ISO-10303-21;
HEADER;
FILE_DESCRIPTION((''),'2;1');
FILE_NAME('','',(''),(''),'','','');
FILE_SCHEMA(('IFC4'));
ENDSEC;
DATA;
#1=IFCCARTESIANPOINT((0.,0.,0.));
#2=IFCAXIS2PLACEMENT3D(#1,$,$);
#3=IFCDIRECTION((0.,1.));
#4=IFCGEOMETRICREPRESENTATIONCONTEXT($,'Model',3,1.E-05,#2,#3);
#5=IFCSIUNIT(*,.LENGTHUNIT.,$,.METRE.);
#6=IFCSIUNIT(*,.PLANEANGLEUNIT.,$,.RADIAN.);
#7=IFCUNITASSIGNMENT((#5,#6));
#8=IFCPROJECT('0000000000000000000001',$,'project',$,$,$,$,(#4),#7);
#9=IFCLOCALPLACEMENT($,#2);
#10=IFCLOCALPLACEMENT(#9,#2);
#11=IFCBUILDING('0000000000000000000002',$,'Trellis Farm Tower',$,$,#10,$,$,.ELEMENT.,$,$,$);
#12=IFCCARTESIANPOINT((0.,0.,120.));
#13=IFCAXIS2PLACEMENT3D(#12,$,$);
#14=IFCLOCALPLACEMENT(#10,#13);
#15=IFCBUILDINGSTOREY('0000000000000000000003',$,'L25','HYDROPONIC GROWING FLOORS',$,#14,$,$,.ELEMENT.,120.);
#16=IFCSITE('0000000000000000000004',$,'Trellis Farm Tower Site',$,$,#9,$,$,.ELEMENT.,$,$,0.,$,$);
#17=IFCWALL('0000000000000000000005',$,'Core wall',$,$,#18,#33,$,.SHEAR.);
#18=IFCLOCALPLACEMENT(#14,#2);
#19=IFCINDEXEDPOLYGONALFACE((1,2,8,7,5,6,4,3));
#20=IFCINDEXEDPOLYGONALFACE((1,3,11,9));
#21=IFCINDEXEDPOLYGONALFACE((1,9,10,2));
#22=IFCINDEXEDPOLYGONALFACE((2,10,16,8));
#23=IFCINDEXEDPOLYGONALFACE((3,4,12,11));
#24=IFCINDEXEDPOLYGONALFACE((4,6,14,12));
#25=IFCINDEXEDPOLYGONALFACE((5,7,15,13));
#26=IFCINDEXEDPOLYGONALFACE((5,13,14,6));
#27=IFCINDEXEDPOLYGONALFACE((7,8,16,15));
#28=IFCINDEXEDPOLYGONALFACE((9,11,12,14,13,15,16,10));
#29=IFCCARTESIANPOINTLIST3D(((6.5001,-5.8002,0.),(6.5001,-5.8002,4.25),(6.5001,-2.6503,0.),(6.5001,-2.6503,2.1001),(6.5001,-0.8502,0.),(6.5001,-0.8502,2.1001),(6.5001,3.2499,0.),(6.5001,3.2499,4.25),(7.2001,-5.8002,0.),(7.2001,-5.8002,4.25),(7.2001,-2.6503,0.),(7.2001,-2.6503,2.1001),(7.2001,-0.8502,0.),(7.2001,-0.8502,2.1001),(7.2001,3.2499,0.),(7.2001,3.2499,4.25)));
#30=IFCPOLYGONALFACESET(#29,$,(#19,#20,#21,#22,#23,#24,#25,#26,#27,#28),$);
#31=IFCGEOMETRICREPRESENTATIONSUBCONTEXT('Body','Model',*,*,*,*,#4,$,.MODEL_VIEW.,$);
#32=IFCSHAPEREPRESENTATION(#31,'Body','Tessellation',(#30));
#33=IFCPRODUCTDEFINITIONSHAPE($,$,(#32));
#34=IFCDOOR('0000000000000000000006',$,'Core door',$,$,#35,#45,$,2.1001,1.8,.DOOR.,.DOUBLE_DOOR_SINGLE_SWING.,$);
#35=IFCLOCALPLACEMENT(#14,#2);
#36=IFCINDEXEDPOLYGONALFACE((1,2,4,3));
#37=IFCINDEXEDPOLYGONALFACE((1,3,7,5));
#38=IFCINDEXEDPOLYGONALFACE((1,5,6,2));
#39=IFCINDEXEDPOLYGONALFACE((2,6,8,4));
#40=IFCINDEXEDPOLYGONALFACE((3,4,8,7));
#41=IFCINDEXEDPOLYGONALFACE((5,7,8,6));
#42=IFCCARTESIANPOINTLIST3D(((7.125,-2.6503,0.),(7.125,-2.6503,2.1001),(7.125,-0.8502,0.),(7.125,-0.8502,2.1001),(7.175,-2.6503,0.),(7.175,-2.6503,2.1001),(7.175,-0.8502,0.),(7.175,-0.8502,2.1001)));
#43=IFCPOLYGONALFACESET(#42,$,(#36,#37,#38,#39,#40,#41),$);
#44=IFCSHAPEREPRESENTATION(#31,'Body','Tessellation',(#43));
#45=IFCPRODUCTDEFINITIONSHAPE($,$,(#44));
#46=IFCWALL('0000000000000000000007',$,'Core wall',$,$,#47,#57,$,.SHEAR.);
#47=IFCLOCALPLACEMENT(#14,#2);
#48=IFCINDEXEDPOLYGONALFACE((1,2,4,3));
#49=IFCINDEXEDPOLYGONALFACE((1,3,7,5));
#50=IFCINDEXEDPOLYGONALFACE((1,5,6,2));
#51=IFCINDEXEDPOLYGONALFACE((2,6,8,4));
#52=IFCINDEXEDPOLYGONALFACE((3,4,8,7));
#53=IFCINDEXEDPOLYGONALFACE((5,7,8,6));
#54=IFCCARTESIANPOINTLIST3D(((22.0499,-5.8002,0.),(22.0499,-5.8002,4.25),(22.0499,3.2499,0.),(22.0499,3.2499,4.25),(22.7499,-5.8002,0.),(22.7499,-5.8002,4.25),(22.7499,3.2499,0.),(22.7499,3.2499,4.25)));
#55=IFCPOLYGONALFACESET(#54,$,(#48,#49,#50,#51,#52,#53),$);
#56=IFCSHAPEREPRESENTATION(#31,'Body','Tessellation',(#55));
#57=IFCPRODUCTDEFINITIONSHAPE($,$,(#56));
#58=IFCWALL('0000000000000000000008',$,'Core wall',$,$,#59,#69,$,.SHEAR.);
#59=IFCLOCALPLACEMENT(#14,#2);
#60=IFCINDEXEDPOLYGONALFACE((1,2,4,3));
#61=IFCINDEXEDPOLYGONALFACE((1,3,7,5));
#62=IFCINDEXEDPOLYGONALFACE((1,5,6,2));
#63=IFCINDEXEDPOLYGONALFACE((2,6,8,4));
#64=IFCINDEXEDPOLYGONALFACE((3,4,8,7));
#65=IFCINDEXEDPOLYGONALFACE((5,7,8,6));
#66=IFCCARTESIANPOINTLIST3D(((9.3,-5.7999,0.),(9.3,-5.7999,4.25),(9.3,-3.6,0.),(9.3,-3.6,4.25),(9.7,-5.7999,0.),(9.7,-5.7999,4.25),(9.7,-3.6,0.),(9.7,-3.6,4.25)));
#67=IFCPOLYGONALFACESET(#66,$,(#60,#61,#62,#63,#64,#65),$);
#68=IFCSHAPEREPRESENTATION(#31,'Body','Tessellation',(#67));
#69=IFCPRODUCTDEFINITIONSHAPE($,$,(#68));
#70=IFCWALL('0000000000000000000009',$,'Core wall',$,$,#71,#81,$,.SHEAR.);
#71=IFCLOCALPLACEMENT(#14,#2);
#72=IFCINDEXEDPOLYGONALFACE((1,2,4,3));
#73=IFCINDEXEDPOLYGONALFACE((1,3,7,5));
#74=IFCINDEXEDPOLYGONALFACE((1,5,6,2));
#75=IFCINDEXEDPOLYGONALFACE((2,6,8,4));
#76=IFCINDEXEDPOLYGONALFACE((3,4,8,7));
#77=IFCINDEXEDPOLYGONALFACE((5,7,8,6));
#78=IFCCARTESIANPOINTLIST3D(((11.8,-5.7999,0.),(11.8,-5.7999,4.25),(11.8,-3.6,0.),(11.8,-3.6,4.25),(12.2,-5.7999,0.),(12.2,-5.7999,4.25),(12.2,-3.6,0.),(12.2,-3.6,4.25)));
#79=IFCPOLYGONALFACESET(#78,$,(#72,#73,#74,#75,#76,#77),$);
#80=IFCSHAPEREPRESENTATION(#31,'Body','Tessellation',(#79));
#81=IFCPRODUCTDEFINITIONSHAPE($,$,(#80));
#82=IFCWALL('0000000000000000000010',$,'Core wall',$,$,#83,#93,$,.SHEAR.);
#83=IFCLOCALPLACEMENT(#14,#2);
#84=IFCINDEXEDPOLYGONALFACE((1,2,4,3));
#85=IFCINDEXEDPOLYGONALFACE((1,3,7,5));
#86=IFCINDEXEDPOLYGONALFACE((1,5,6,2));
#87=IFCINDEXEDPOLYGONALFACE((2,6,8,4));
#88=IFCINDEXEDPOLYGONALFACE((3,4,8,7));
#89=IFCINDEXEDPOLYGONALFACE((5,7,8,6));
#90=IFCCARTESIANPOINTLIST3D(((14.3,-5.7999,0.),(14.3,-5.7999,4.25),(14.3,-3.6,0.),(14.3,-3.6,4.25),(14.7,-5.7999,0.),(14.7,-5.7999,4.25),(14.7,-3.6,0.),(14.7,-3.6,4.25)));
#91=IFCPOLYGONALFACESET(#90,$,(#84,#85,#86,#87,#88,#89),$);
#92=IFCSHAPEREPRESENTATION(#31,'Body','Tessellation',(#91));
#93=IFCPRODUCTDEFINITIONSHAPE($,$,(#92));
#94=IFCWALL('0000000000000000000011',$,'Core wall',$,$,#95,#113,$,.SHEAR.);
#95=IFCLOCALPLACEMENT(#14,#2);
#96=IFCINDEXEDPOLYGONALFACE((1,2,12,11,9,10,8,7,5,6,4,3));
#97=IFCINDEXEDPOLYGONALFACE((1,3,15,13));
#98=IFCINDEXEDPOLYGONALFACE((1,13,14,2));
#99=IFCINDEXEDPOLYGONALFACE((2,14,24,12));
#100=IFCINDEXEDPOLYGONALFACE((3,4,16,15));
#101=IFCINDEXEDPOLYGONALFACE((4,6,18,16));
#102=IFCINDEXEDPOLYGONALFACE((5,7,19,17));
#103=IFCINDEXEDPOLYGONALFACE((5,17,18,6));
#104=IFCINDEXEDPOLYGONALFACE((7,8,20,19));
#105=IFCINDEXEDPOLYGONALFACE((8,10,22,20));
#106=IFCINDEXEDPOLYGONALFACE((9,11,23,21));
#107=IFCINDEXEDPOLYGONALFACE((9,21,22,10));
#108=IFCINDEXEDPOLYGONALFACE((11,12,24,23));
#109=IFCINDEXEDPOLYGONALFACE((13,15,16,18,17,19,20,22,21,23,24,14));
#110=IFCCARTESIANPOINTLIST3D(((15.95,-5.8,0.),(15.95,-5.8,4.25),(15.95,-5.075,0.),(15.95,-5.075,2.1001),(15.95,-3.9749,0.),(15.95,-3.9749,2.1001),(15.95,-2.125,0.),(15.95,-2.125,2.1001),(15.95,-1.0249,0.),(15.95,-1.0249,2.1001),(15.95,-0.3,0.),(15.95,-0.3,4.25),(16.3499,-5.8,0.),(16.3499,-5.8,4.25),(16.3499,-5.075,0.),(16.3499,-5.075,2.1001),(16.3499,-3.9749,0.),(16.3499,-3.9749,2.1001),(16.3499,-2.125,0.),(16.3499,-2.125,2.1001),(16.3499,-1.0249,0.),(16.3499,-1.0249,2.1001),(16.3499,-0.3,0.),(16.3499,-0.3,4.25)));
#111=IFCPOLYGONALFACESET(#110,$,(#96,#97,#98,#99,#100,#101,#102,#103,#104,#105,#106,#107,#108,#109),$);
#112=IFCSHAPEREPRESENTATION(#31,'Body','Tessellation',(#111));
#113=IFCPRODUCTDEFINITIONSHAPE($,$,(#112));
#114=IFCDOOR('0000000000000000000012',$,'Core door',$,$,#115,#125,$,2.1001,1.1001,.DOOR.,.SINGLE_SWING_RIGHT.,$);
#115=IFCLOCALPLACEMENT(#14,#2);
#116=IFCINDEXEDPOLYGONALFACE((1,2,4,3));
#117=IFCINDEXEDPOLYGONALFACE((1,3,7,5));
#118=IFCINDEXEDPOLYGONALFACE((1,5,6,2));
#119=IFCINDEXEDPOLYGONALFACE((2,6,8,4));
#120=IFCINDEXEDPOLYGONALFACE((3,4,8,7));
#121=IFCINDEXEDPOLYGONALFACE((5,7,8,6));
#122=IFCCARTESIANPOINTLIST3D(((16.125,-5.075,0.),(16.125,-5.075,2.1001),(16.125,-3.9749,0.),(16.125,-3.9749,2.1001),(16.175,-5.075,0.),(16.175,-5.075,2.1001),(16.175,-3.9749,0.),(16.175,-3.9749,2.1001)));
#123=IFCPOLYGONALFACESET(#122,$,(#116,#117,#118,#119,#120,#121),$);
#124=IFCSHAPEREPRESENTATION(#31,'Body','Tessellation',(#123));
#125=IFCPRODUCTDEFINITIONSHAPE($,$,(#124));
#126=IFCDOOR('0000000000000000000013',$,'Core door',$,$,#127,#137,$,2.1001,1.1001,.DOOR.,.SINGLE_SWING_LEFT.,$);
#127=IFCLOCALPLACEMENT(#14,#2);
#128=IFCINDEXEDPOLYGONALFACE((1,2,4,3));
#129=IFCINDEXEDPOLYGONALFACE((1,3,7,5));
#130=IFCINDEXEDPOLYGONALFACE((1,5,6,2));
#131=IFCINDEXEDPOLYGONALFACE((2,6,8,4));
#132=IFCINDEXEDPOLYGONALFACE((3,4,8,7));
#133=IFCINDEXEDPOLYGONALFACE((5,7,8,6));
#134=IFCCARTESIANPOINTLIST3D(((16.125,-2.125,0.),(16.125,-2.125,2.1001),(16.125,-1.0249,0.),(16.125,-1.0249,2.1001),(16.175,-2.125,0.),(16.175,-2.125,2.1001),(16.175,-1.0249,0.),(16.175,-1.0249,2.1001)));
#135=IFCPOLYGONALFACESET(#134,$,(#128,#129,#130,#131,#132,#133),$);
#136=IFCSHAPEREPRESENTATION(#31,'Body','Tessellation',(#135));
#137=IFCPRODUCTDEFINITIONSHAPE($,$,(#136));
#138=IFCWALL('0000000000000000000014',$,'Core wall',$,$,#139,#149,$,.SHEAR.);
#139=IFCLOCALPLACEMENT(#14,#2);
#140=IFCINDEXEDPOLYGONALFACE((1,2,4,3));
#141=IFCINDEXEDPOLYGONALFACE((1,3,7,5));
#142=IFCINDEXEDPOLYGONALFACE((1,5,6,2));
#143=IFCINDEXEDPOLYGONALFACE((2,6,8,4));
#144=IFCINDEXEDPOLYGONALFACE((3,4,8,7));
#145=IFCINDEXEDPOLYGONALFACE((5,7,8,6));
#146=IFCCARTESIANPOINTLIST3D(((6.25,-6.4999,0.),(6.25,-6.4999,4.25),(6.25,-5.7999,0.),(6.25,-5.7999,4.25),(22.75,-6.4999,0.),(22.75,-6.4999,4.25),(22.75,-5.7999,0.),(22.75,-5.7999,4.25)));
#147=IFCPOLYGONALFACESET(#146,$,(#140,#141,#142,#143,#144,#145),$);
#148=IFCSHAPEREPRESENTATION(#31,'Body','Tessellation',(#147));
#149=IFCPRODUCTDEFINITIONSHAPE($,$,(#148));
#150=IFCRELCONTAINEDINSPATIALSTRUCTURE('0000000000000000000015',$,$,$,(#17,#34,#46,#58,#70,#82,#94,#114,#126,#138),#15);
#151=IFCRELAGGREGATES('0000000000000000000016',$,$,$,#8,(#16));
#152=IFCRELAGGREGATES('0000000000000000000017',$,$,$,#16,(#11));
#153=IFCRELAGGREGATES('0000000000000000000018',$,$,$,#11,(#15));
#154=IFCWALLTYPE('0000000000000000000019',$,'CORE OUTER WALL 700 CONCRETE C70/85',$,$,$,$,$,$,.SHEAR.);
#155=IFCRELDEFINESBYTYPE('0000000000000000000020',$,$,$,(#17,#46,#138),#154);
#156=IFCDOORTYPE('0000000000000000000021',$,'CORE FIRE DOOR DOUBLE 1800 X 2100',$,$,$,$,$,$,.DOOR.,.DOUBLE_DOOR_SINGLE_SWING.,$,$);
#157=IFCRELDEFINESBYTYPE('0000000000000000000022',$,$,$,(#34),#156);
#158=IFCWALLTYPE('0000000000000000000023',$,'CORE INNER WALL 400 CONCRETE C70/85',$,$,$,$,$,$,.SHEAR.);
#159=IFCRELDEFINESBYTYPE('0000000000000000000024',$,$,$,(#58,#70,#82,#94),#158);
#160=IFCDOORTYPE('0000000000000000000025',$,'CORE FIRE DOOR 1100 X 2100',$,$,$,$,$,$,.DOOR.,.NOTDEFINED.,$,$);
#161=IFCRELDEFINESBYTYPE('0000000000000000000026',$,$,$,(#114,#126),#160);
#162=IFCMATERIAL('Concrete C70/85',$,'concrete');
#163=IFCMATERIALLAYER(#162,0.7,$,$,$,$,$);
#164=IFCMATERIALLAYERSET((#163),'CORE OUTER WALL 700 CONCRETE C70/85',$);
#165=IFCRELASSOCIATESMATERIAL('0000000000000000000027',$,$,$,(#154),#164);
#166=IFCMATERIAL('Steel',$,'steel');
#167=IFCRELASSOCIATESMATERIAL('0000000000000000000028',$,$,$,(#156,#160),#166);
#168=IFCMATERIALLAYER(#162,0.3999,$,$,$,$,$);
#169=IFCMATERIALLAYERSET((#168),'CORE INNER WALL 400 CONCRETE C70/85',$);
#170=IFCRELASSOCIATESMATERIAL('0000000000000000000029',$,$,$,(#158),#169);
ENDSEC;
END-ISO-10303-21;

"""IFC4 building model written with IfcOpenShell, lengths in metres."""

from ifc_helpers import new_model, si_unit, direction, frame, frame_2d, origin, place, context, subcontext, project, spatial, rectangle, extrude, source, transform, mapped, material, layer, layer_set, type_object, element, fill, save


model = new_model("IFC4")

# Units and contexts
model_context = context("Model", 3, precision=1e-05, world=origin(), true_north=direction((0.0, 1.0)))
body_context = subcontext(model_context, "Body", "Model", "MODEL_VIEW")
ifc_project = project(units=[si_unit("LENGTHUNIT", "METRE"), si_unit("PLANEANGLEUNIT", "RADIAN")], contexts=[model_context])

# Site, building, storey
site_placement = place(None, origin())
site = spatial("IfcSite", under=ifc_project, at=site_placement, Name="Trellis Farm Tower Site", CompositionType="ELEMENT", RefElevation=0.0)
building_placement = place(site_placement, origin())
building = spatial("IfcBuilding", under=site, at=building_placement, Name="Trellis Farm Tower", CompositionType="ELEMENT")
storey_placement = place(building_placement, frame((0.0, 0.0, 120.0)))
storey = spatial("IfcBuildingStorey", under=building, at=storey_placement, Name="L25", Description="HYDROPONIC GROWING FLOORS", CompositionType="ELEMENT", Elevation=120.0)

# Wall, opening, door
ifc_material_1 = material(Name="Concrete C70/85", Category="concrete")
ifc_layer_1 = layer(ifc_material_1, 0.7)
ifc_layer_set_1 = layer_set([ifc_layer_1], Name="CORE OUTER WALL 700 CONCRETE C70/85")
wall_type_1 = type_object("IfcWallType", Name="CORE OUTER WALL 700 CONCRETE C70/85", PredefinedType="SHEAR", material=ifc_layer_set_1)
shared_shape_1 = source(origin(), body_context, "Body", "SweptSolid", [
    extrude(rectangle(XDim=9.05, YDim=0.7, at=frame_2d((4.5249, 0.0))), origin(), (0.0, 0.0, 1.0), 4.25),
])
wall_1_placement = place(storey_placement, frame((6.8501, -5.8, 0.0), z_axis=(0.0, 0.0, 1.0), x_axis=(0.0, 1.0, 0.0)))
wall_1 = element("IfcWall", 1, at=wall_1_placement, inside=storey, type_object=wall_type_1, Name="Core wall", PredefinedType="SHEAR", context=body_context, shape_type="MappedRepresentation", body=[
    mapped(shared_shape_1, transform((0.0, 0.0, 0.0))),
])
shared_shape_2 = source(origin(), body_context, "Body", "SweptSolid", [
    extrude(rectangle(XDim=1.8, YDim=2.1001, at=frame_2d((0.8999, 1.05))), frame((0.0, 0.3601, 0.0), z_axis=(0.0, -1.0, 0.0), x_axis=(1.0, 0.0, 0.0)), (0.0, 0.0, 1.0), 0.7202),
])
opening_1_placement = place(wall_1_placement, frame((3.1499, 0.0, 0.0)))
opening_1 = element("IfcOpeningElement", 2, at=opening_1_placement, cuts=wall_1, PredefinedType="OPENING", context=body_context, shape_type="MappedRepresentation", body=[
    mapped(shared_shape_2, transform((0.0, 0.0, 0.0))),
])
ifc_material_2 = material(Name="Steel", Category="steel")
door_type_1 = type_object("IfcDoorType", Name="CORE FIRE DOOR DOUBLE 1800 X 2100", OperationType="DOUBLE_DOOR_SINGLE_SWING", PredefinedType="DOOR", material=ifc_material_2)
shared_shape_3 = source(origin(), body_context, "Body", "SweptSolid", [
    extrude(rectangle(XDim=1.8, YDim=2.1001, at=frame_2d((0.8999, 1.05))), frame((0.0, -0.2749, 0.0), z_axis=(0.0, -1.0, 0.0), x_axis=(1.0, 0.0, 0.0)), (0.0, 0.0, 1.0), 0.05),
])
door_1_placement = place(opening_1_placement, origin())
door_1 = element("IfcDoor", 3, at=door_1_placement, inside=storey, type_object=door_type_1, Name="Core door", OperationType="DOUBLE_DOOR_SINGLE_SWING", OverallHeight=2.1001, OverallWidth=1.8, PredefinedType="DOOR", context=body_context, shape_type="MappedRepresentation", body=[
    mapped(shared_shape_3, transform((0.0, 0.0, 0.0))),
])
fill(opening_1, door_1)

# Walls
wall_2_placement = place(storey_placement, frame((22.3999, -5.8, 0.0), z_axis=(0.0, 0.0, 1.0), x_axis=(0.0, 1.0, 0.0)))
element("IfcWall", 4, at=wall_2_placement, inside=storey, type_object=wall_type_1, Name="Core wall", PredefinedType="SHEAR", context=body_context, shape_type="MappedRepresentation", body=[
    mapped(shared_shape_1, transform((0.0, 0.0, 0.0))),
])
ifc_layer_2 = layer(ifc_material_1, 0.3999)
ifc_layer_set_2 = layer_set([ifc_layer_2], Name="CORE INNER WALL 400 CONCRETE C70/85")
wall_type_2 = type_object("IfcWallType", Name="CORE INNER WALL 400 CONCRETE C70/85", PredefinedType="SHEAR", material=ifc_layer_set_2)
shared_shape_4 = source(origin(), body_context, "Body", "SweptSolid", [
    extrude(rectangle(XDim=2.2, YDim=0.3999, at=frame_2d((1.1001, 0.0))), origin(), (0.0, 0.0, 1.0), 4.25),
])
for number, where, z_axis, x_axis, name in (
    (5, (9.5, -5.8, 0.0), (0.0, 0.0, 1.0), (0.0, 1.0, 0.0), "Core wall"),
    (6, (12.0, -5.8, 0.0), (0.0, 0.0, 1.0), (0.0, 1.0, 0.0), "Core wall"),
    (7, (14.5, -5.8, 0.0), (0.0, 0.0, 1.0), (0.0, 1.0, 0.0), "Core wall"),
):
    element("IfcWall", number, at=place(storey_placement, frame(where, z_axis=z_axis, x_axis=x_axis)), inside=storey, type_object=wall_type_2, Name=name, PredefinedType="SHEAR", context=body_context, shape_type="MappedRepresentation", body=[
        mapped(shared_shape_4, transform((0.0, 0.0, 0.0))),
    ])

# Wall, openings, doors
shared_shape_5 = source(origin(), body_context, "Body", "SweptSolid", [
    extrude(rectangle(XDim=5.5, YDim=0.3999, at=frame_2d((2.75, 0.0))), origin(), (0.0, 0.0, 1.0), 4.25),
])
wall_3_placement = place(storey_placement, frame((16.1499, -5.8, 0.0), z_axis=(0.0, 0.0, 1.0), x_axis=(0.0, 1.0, 0.0)))
wall_3 = element("IfcWall", 8, at=wall_3_placement, inside=storey, type_object=wall_type_2, Name="Core wall", PredefinedType="SHEAR", context=body_context, shape_type="MappedRepresentation", body=[
    mapped(shared_shape_5, transform((0.0, 0.0, 0.0))),
])
shared_shape_6 = source(origin(), body_context, "Body", "SweptSolid", [
    extrude(rectangle(XDim=1.1001, YDim=2.1001, at=frame_2d((0.55, 1.05))), frame((0.0, 0.21, 0.0), z_axis=(0.0, -1.0, 0.0), x_axis=(1.0, 0.0, 0.0)), (0.0, 0.0, 1.0), 0.4199),
])
opening_2_placement = place(wall_3_placement, frame((0.7251, 0.0, 0.0)))
opening_2 = element("IfcOpeningElement", 9, at=opening_2_placement, cuts=wall_3, PredefinedType="OPENING", context=body_context, shape_type="MappedRepresentation", body=[
    mapped(shared_shape_6, transform((0.0, 0.0, 0.0))),
])
opening_3_placement = place(wall_3_placement, frame((3.675, 0.0, 0.0)))
opening_3 = element("IfcOpeningElement", 10, at=opening_3_placement, cuts=wall_3, PredefinedType="OPENING", context=body_context, shape_type="MappedRepresentation", body=[
    mapped(shared_shape_6, transform((0.0, 0.0, 0.0))),
])
door_type_2 = type_object("IfcDoorType", Name="CORE FIRE DOOR 1100 X 2100", OperationType="NOTDEFINED", PredefinedType="DOOR", material=ifc_material_2)
shared_shape_7 = source(origin(), body_context, "Body", "SweptSolid", [
    extrude(rectangle(XDim=1.1001, YDim=2.1001, at=frame_2d((0.55, 1.05))), frame((0.0, 0.0249, 0.0), z_axis=(0.0, -1.0, 0.0), x_axis=(1.0, 0.0, 0.0)), (0.0, 0.0, 1.0), 0.05),
])
door_2_placement = place(opening_2_placement, origin())
door_2 = element("IfcDoor", 11, at=door_2_placement, inside=storey, type_object=door_type_2, Name="Core door", OperationType="SINGLE_SWING_RIGHT", OverallHeight=2.1001, OverallWidth=1.1001, PredefinedType="DOOR", context=body_context, shape_type="MappedRepresentation", body=[
    mapped(shared_shape_7, transform((0.0, 0.0, 0.0))),
])
fill(opening_2, door_2)
door_3_placement = place(opening_3_placement, origin())
door_3 = element("IfcDoor", 12, at=door_3_placement, inside=storey, type_object=door_type_2, Name="Core door", OperationType="SINGLE_SWING_LEFT", OverallHeight=2.1001, OverallWidth=1.1001, PredefinedType="DOOR", context=body_context, shape_type="MappedRepresentation", body=[
    mapped(shared_shape_7, transform((0.0, 0.0, 0.0))),
])
fill(opening_3, door_3)

# Wall
shared_shape_8 = source(origin(), body_context, "Body", "SweptSolid", [
    extrude(rectangle(XDim=16.5, YDim=0.7, at=frame_2d((8.25, 0.0))), origin(), (0.0, 0.0, 1.0), 4.25),
])
wall_4_placement = place(storey_placement, frame((6.25, -6.1499, 0.0), z_axis=(0.0, 0.0, 1.0), x_axis=(1.0, 0.0, 0.0)))
element("IfcWall", 13, at=wall_4_placement, inside=storey, type_object=wall_type_1, Name="Core wall", PredefinedType="SHEAR", context=body_context, shape_type="MappedRepresentation", body=[
    mapped(shared_shape_8, transform((0.0, 0.0, 0.0))),
])

save(model, "model.ifc")
